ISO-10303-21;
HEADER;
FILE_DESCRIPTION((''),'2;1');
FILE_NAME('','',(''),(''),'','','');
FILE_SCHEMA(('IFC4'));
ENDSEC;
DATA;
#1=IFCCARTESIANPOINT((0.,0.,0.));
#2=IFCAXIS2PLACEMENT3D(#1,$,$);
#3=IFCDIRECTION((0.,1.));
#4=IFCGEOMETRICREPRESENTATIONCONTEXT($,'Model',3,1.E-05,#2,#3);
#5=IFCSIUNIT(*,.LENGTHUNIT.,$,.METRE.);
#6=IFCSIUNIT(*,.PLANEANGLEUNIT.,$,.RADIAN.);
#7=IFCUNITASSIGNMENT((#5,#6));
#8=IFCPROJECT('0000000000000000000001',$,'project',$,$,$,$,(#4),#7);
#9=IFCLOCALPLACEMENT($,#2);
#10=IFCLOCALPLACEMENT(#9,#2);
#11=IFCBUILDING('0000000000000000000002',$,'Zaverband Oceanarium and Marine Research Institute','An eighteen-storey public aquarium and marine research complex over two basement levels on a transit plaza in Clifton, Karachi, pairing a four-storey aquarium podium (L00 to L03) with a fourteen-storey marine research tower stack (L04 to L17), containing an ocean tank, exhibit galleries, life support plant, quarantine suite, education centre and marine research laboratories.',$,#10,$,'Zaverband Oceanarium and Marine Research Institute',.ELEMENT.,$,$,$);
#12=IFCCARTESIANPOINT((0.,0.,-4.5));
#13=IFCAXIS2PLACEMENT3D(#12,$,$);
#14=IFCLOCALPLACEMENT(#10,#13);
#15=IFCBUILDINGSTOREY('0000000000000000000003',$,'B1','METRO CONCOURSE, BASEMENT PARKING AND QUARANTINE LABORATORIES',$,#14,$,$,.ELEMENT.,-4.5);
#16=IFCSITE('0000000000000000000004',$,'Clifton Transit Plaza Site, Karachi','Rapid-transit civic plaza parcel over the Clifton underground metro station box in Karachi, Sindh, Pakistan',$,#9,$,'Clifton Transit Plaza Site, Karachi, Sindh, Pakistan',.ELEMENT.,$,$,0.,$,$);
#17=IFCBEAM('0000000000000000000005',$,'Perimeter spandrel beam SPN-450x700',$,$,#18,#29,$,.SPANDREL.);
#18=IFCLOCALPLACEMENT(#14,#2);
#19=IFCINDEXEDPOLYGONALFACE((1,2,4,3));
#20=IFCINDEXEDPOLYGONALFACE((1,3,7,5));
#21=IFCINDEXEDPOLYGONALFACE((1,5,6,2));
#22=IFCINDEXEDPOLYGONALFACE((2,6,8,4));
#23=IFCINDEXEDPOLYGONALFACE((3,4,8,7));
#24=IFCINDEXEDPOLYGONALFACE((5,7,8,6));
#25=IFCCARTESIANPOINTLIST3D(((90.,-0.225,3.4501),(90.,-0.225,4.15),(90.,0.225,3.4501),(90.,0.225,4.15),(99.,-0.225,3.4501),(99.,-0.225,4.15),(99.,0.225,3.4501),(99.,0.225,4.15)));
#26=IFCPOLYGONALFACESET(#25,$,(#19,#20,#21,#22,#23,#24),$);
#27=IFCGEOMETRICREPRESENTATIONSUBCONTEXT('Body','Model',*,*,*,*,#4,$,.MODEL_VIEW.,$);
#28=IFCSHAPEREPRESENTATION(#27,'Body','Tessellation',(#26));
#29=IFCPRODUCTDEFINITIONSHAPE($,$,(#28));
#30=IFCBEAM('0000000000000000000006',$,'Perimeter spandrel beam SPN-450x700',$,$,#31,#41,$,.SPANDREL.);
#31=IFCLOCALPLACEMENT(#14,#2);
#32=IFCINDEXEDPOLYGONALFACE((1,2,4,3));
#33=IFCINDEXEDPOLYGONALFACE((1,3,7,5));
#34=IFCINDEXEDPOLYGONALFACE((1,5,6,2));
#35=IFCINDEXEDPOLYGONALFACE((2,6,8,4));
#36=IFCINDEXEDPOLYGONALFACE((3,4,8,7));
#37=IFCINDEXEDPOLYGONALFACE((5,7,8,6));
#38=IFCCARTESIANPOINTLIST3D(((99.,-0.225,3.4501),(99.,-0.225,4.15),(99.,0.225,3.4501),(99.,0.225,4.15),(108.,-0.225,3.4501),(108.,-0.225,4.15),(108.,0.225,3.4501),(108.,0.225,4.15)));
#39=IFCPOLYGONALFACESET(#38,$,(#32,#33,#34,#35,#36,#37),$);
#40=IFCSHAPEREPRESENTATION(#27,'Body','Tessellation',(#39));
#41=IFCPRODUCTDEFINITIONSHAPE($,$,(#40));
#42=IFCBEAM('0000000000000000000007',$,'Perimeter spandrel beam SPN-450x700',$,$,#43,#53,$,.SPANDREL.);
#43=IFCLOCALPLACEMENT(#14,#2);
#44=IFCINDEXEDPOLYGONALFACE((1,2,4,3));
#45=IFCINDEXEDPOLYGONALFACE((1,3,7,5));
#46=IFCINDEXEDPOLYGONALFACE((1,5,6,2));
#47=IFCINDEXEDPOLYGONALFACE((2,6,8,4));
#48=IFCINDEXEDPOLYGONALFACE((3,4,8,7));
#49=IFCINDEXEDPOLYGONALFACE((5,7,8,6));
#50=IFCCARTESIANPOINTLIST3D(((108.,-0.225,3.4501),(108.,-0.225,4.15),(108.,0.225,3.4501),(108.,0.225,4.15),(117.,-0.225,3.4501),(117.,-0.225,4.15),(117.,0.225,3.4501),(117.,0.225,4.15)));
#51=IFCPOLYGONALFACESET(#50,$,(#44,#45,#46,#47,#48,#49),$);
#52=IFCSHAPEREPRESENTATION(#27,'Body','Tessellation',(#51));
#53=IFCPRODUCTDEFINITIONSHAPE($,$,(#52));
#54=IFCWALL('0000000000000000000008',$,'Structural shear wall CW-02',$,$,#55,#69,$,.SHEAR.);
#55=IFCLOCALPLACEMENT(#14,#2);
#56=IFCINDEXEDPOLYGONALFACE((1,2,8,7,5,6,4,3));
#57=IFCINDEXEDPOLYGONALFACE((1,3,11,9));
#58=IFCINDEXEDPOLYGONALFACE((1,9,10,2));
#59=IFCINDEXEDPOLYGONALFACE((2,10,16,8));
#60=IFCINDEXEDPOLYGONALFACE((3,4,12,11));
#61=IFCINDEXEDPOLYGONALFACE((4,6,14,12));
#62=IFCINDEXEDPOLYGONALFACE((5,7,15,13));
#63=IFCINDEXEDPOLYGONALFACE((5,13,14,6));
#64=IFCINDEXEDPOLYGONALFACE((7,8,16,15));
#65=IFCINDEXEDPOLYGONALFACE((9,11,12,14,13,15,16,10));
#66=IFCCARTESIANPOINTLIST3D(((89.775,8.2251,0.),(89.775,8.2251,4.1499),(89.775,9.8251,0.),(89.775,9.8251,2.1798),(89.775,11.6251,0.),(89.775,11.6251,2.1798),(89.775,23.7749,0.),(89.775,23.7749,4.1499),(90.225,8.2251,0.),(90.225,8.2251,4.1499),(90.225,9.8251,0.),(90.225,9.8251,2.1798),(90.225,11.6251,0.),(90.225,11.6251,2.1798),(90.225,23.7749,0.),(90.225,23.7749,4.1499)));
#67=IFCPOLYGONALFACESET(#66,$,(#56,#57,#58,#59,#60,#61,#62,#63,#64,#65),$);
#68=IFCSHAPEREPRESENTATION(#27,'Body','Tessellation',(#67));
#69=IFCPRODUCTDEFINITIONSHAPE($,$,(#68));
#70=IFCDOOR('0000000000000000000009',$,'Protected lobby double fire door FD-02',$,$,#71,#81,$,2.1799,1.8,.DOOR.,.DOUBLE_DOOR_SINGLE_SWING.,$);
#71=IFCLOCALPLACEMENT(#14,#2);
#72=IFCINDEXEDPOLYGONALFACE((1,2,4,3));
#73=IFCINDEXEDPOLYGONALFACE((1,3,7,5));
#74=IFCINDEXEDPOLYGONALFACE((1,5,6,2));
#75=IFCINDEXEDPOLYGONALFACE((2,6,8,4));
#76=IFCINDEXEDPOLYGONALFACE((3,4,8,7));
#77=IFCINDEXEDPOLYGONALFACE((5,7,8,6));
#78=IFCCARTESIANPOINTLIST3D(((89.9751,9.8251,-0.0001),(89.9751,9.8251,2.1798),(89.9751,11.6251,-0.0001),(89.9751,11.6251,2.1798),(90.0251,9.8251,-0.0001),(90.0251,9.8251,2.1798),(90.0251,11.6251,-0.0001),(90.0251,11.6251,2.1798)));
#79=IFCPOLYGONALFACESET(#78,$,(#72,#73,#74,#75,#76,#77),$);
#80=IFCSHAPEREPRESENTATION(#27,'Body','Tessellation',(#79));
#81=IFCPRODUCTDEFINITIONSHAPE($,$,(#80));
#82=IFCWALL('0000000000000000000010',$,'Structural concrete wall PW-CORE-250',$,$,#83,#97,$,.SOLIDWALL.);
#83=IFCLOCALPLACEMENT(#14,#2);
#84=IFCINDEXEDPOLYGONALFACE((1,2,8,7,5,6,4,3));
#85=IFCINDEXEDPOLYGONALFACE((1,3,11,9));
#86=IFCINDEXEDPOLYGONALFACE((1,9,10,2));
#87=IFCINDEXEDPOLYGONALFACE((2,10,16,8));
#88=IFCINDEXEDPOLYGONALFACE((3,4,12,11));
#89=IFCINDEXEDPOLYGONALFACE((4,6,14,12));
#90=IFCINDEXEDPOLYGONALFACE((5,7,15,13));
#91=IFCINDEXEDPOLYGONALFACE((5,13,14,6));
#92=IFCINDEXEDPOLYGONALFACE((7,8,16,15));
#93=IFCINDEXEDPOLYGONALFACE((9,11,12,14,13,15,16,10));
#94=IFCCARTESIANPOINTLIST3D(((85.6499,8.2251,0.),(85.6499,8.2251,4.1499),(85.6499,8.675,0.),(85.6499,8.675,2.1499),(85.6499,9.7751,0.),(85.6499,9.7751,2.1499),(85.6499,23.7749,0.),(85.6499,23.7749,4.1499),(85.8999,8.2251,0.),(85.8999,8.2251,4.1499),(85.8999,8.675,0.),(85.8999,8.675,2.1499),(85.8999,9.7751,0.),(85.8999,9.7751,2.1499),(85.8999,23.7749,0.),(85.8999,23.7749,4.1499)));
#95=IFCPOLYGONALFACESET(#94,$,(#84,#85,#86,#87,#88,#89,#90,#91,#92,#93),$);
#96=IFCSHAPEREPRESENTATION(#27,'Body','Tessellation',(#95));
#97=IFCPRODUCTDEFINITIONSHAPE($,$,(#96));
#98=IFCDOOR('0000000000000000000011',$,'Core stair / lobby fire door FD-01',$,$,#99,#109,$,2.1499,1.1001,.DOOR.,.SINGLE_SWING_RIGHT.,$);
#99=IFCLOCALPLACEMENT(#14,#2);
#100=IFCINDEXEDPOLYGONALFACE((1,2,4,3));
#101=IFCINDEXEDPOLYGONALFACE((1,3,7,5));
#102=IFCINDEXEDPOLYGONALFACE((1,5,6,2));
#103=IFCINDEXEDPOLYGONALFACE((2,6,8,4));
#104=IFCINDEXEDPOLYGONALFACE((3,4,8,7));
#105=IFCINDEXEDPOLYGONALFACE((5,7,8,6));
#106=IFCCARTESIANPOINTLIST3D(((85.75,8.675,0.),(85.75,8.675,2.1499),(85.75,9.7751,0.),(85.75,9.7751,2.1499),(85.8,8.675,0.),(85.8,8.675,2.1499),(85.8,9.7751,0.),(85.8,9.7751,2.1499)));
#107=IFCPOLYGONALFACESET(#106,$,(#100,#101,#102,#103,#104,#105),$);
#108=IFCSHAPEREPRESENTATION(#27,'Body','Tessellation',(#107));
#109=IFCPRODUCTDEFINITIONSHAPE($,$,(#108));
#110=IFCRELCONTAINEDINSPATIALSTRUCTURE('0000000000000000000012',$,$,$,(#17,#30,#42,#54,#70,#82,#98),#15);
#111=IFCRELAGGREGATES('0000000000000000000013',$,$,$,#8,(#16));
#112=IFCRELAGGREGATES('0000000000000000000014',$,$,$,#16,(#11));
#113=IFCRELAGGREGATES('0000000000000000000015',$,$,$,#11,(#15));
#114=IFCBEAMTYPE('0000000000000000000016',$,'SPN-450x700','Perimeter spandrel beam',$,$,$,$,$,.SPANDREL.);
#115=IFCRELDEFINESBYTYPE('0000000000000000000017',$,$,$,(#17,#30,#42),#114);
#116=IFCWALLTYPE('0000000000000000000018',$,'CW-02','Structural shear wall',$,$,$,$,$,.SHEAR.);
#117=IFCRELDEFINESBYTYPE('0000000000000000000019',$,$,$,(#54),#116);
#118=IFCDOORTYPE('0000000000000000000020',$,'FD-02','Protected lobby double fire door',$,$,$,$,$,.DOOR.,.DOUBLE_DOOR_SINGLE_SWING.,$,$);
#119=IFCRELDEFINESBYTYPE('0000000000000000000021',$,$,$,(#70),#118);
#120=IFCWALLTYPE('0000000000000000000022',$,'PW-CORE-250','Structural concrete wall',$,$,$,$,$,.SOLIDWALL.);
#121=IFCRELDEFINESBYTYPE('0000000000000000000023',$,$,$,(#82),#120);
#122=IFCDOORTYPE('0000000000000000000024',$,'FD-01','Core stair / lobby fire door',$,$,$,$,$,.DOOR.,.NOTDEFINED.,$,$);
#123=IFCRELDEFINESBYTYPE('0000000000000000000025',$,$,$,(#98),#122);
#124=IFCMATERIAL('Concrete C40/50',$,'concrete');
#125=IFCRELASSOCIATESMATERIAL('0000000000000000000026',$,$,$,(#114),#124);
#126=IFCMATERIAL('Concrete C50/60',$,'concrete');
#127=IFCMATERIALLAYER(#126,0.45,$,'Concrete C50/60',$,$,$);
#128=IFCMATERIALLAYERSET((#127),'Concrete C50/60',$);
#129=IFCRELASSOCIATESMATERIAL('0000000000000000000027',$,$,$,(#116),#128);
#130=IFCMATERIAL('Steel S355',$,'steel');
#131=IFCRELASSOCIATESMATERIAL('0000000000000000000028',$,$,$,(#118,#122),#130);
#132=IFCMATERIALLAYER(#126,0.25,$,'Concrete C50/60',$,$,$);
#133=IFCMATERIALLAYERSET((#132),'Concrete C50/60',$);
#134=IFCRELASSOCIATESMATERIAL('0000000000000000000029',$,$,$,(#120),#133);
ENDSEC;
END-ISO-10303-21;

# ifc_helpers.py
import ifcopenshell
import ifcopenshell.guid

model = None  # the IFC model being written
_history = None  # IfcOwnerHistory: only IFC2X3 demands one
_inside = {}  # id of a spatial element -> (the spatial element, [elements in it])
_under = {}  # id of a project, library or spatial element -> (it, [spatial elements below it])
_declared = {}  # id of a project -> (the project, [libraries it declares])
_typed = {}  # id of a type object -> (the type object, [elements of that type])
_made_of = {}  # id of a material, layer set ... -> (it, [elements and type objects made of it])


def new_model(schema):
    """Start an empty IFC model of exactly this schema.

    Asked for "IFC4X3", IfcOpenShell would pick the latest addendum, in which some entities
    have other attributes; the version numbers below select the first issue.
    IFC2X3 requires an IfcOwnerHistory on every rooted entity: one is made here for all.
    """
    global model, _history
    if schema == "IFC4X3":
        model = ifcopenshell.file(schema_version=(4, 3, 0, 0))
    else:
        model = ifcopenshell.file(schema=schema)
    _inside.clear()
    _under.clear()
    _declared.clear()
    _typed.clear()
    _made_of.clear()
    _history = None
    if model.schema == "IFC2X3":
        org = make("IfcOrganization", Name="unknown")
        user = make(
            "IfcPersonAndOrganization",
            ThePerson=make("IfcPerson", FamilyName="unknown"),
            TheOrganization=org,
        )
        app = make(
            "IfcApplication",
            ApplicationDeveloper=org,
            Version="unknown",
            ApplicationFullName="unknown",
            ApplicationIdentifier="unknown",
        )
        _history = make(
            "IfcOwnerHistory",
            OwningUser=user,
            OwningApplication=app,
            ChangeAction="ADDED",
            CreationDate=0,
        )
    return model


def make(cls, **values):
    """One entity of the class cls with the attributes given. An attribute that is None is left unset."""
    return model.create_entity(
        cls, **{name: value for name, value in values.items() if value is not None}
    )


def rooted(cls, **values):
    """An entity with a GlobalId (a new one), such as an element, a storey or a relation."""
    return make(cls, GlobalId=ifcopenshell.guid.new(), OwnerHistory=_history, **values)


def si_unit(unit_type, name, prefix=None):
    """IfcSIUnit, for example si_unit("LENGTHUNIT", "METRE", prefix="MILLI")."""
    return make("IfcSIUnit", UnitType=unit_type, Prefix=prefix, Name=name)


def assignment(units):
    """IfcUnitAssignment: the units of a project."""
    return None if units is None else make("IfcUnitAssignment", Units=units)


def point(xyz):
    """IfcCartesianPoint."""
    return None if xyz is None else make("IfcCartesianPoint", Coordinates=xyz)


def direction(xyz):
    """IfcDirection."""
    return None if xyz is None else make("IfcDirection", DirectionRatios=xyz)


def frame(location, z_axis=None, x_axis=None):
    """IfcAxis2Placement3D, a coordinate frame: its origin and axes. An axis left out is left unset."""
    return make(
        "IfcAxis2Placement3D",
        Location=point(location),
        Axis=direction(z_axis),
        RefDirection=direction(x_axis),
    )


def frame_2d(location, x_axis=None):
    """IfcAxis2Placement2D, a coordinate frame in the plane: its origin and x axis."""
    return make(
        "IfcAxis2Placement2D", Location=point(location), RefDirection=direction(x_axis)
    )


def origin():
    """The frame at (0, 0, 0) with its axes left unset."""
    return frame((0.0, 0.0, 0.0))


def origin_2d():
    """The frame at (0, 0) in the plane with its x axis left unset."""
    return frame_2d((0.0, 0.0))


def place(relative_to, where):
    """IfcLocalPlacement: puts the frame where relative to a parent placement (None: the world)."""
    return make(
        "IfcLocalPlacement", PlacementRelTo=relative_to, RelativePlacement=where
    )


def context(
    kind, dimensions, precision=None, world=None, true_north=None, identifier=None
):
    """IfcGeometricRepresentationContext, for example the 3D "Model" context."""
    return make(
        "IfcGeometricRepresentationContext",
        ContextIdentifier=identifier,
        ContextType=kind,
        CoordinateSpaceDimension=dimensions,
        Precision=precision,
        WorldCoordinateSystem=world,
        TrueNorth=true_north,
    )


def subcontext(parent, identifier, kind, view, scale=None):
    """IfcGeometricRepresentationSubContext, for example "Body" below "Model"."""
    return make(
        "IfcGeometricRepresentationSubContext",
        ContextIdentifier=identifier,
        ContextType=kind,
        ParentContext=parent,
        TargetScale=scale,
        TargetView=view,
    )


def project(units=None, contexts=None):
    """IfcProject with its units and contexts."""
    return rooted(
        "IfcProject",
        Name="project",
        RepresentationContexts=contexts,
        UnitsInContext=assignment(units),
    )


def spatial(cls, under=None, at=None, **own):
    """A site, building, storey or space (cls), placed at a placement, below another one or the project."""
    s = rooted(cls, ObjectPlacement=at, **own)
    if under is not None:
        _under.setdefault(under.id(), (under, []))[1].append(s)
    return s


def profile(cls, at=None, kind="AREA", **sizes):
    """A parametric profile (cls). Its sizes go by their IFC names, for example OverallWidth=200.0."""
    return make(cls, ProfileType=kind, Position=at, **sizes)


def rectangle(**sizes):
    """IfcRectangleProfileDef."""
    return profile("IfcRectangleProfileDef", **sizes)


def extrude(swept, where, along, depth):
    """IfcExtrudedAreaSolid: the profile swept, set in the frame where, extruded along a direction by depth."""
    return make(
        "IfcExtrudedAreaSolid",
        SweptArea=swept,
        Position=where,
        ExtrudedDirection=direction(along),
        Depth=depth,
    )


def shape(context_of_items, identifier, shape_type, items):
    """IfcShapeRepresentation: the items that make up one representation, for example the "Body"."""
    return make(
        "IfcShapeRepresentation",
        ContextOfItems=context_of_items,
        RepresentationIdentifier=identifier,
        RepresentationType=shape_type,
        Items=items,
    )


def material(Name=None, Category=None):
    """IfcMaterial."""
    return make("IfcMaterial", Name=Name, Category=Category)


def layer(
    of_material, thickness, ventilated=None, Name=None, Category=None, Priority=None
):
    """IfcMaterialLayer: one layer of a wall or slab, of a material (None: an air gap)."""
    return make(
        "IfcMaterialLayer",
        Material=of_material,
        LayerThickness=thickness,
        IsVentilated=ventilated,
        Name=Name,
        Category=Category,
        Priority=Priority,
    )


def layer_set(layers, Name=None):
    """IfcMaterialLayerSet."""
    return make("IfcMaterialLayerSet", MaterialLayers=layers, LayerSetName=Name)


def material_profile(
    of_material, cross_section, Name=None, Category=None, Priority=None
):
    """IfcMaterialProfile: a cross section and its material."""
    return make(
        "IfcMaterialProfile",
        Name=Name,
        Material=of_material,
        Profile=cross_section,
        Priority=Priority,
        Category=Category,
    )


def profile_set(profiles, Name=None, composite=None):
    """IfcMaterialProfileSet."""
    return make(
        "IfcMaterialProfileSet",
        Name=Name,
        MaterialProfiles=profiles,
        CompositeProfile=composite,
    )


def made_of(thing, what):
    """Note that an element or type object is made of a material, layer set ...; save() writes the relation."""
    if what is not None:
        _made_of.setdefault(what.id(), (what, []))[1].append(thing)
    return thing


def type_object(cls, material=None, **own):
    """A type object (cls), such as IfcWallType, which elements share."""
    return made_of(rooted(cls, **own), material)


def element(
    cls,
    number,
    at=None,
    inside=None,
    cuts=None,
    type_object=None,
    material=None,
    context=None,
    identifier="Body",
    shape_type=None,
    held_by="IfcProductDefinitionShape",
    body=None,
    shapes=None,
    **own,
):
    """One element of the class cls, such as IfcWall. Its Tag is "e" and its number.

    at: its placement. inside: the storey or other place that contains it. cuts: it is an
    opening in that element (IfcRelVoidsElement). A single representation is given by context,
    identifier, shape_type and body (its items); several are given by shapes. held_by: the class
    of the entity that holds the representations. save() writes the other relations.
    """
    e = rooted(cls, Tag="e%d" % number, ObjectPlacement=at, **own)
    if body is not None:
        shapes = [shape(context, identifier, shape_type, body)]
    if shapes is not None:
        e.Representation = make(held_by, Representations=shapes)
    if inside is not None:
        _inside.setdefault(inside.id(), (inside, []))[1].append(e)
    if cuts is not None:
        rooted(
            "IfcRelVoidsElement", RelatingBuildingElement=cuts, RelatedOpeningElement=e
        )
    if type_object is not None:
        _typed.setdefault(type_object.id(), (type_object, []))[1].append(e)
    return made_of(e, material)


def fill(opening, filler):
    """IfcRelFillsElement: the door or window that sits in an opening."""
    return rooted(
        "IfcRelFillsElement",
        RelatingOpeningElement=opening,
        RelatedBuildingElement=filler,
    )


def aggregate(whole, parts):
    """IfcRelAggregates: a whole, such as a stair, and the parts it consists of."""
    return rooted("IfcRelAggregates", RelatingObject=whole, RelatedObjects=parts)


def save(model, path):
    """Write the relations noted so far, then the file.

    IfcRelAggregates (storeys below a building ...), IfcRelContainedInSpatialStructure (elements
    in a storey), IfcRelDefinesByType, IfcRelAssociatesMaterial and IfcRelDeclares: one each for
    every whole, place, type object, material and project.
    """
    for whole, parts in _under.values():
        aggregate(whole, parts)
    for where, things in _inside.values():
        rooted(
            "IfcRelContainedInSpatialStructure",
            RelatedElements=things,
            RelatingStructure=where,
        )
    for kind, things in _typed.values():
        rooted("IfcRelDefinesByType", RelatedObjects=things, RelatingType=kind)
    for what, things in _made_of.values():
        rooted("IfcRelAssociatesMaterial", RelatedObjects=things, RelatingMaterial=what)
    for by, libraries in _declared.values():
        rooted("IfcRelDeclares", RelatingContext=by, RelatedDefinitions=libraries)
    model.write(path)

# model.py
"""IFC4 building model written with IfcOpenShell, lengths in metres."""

from ifc_helpers import new_model, si_unit, direction, frame, frame_2d, origin, origin_2d, place, context, subcontext, project, spatial, rectangle, extrude, material, layer, layer_set, material_profile, profile_set, type_object, element, fill, save


model = new_model("IFC4")

# Units and contexts
model_context = context("Model", 3, precision=1e-05, world=origin(), true_north=direction((0.0, 1.0)))
body_context = subcontext(model_context, "Body", "Model", "MODEL_VIEW")
ifc_project = project(units=[si_unit("LENGTHUNIT", "METRE"), si_unit("PLANEANGLEUNIT", "RADIAN")], contexts=[model_context])

# Site, building, storey
site_placement = place(None, origin())
site = spatial("IfcSite", under=ifc_project, at=site_placement, Name="Clifton Transit Plaza Site, Karachi", Description="Rapid-transit civic plaza parcel over the Clifton underground metro station box in Karachi, Sindh, Pakistan", LongName="Clifton Transit Plaza Site, Karachi, Sindh, Pakistan", CompositionType="ELEMENT", RefElevation=0.0)
building_placement = place(site_placement, origin())
building = spatial("IfcBuilding", under=site, at=building_placement, Name="Zaverband Oceanarium and Marine Research Institute", Description="An eighteen-storey public aquarium and marine research complex over two basement levels on a transit plaza in Clifton, Karachi, pairing a four-storey aquarium podium (L00 to L03) with a fourteen-storey marine research tower stack (L04 to L17), containing an ocean tank, exhibit galleries, life support plant, quarantine suite, education centre and marine research laboratories.", LongName="Zaverband Oceanarium and Marine Research Institute", CompositionType="ELEMENT")
storey_placement = place(building_placement, frame((0.0, 0.0, -4.5)))
storey = spatial("IfcBuildingStorey", under=building, at=storey_placement, Name="B1", Description="METRO CONCOURSE, BASEMENT PARKING AND QUARANTINE LABORATORIES", CompositionType="ELEMENT", Elevation=-4.5)

# Shared definitions
ifc_material_1 = material(Name="Concrete C50/60", Category="concrete")
ifc_material_2 = material(Name="Concrete C40/50", Category="concrete")

# Beams
ifc_material_profile_1 = material_profile(ifc_material_2, rectangle(XDim=0.45, YDim=0.7, at=origin_2d()), Name="RC450x700")
ifc_profile_set_1 = profile_set([ifc_material_profile_1], Name="Concrete C40/50")
beam_type_1 = type_object("IfcBeamType", Name="SPN-450x700", Description="Perimeter spandrel beam", PredefinedType="SPANDREL", material=ifc_profile_set_1)
for number, where, z_axis, x_axis, name in (
    (1, (90.0, 0.0, 3.8), (1.0, 0.0, 0.0), (0.0, 1.0, 0.0), "Perimeter spandrel beam SPN-450x700"),
    (2, (99.0, 0.0, 3.8), (1.0, 0.0, 0.0), (0.0, 1.0, 0.0), "Perimeter spandrel beam SPN-450x700"),
    (3, (108.0, 0.0, 3.8), (1.0, 0.0, 0.0), (0.0, 1.0, 0.0), "Perimeter spandrel beam SPN-450x700"),
):
    element("IfcBeam", number, at=place(storey_placement, frame(where, z_axis=z_axis, x_axis=x_axis)), inside=storey, type_object=beam_type_1, Name=name, PredefinedType="SPANDREL", context=body_context, shape_type="SweptSolid", body=[
        extrude(rectangle(XDim=0.45, YDim=0.7, at=origin_2d()), origin(), (0.0, 0.0, 1.0), 9.0),
    ])

# Walls, openings, doors
ifc_layer_1 = layer(ifc_material_1, 0.45, Name="Concrete C50/60")
ifc_layer_set_1 = layer_set([ifc_layer_1], Name="Concrete C50/60")
wall_type_1 = type_object("IfcWallType", Name="CW-02", Description="Structural shear wall", PredefinedType="SHEAR", material=ifc_layer_set_1)
wall_1_placement = place(storey_placement, frame((90.0, 8.2251, 0.0), z_axis=(0.0, 0.0, 1.0), x_axis=(0.0, 1.0, 0.0)))
wall_1 = element("IfcWall", 4, at=wall_1_placement, inside=storey, type_object=wall_type_1, Name="Structural shear wall CW-02", PredefinedType="SHEAR", context=body_context, shape_type="SweptSolid", body=[
    extrude(rectangle(XDim=15.5498, YDim=0.45, at=frame_2d((7.7749, 0.0))), origin(), (0.0, 0.0, 1.0), 4.1499),
])
opening_1_placement = place(wall_1_placement, frame((1.6001, 0.0, 0.0)))
opening_1 = element("IfcOpeningElement", 5, at=opening_1_placement, cuts=wall_1, PredefinedType="OPENING", context=body_context, shape_type="SweptSolid", body=[
    extrude(rectangle(XDim=1.8, YDim=2.1799, at=frame_2d((0.8999, 1.0898))), frame((0.0, 0.2368, 0.0), z_axis=(0.0, -1.0, 0.0), x_axis=(1.0, 0.0, 0.0)), (0.0, 0.0, 1.0), 0.4739),
])
ifc_material_3 = material(Name="Steel S355", Category="steel")
door_type_1 = type_object("IfcDoorType", Name="FD-02", Description="Protected lobby double fire door", OperationType="DOUBLE_DOOR_SINGLE_SWING", PredefinedType="DOOR", material=ifc_material_3)
door_1_placement = place(opening_1_placement, origin())
door_1 = element("IfcDoor", 6, at=door_1_placement, inside=storey, type_object=door_type_1, Name="Protected lobby double fire door FD-02", OperationType="DOUBLE_DOOR_SINGLE_SWING", OverallHeight=2.1799, OverallWidth=1.8, PredefinedType="DOOR", context=body_context, shape_type="SweptSolid", body=[
    extrude(rectangle(XDim=1.8, YDim=2.1799, at=frame_2d((0.8999, 1.0898))), frame((0.0, 0.0249, 0.0), z_axis=(0.0, -1.0, 0.0), x_axis=(1.0, 0.0, 0.0)), (0.0, 0.0, 1.0), 0.05),
])
fill(opening_1, door_1)
ifc_layer_2 = layer(ifc_material_1, 0.25, Name="Concrete C50/60")
ifc_layer_set_2 = layer_set([ifc_layer_2], Name="Concrete C50/60")
wall_type_2 = type_object("IfcWallType", Name="PW-CORE-250", Description="Structural concrete wall", PredefinedType="SOLIDWALL", material=ifc_layer_set_2)
wall_2_placement = place(storey_placement, frame((85.7749, 8.2251, 0.0), z_axis=(0.0, 0.0, 1.0), x_axis=(0.0, 1.0, 0.0)))
wall_2 = element("IfcWall", 7, at=wall_2_placement, inside=storey, type_object=wall_type_2, Name="Structural concrete wall PW-CORE-250", PredefinedType="SOLIDWALL", context=body_context, shape_type="SweptSolid", body=[
    extrude(rectangle(XDim=15.5498, YDim=0.25, at=frame_2d((7.7749, 0.0))), origin(), (0.0, 0.0, 1.0), 4.1499),
])
opening_2_placement = place(wall_2_placement, frame((0.45, 0.0, 0.0)))
opening_2 = element("IfcOpeningElement", 8, at=opening_2_placement, cuts=wall_2, PredefinedType="OPENING", context=body_context, shape_type="SweptSolid", body=[
    extrude(rectangle(XDim=1.1001, YDim=2.1499, at=frame_2d((0.55, 1.075))), frame((0.0, 0.137, 0.0), z_axis=(0.0, -1.0, 0.0), x_axis=(1.0, 0.0, 0.0)), (0.0, 0.0, 1.0), 0.2739),
])
door_type_2 = type_object("IfcDoorType", Name="FD-01", Description="Core stair / lobby fire door", OperationType="NOTDEFINED", PredefinedType="DOOR", material=ifc_material_3)
door_2_placement = place(opening_2_placement, origin())
door_2 = element("IfcDoor", 9, at=door_2_placement, inside=storey, type_object=door_type_2, Name="Core stair / lobby fire door FD-01", OperationType="SINGLE_SWING_RIGHT", OverallHeight=2.1499, OverallWidth=1.1001, PredefinedType="DOOR", context=body_context, shape_type="SweptSolid", body=[
    extrude(rectangle(XDim=1.1001, YDim=2.1499, at=frame_2d((0.55, 1.075))), frame((0.0, 0.0249, 0.0), z_axis=(0.0, -1.0, 0.0), x_axis=(1.0, 0.0, 0.0)), (0.0, 0.0, 1.0), 0.05),
])
fill(opening_2, door_2)

save(model, "model.ifc")
